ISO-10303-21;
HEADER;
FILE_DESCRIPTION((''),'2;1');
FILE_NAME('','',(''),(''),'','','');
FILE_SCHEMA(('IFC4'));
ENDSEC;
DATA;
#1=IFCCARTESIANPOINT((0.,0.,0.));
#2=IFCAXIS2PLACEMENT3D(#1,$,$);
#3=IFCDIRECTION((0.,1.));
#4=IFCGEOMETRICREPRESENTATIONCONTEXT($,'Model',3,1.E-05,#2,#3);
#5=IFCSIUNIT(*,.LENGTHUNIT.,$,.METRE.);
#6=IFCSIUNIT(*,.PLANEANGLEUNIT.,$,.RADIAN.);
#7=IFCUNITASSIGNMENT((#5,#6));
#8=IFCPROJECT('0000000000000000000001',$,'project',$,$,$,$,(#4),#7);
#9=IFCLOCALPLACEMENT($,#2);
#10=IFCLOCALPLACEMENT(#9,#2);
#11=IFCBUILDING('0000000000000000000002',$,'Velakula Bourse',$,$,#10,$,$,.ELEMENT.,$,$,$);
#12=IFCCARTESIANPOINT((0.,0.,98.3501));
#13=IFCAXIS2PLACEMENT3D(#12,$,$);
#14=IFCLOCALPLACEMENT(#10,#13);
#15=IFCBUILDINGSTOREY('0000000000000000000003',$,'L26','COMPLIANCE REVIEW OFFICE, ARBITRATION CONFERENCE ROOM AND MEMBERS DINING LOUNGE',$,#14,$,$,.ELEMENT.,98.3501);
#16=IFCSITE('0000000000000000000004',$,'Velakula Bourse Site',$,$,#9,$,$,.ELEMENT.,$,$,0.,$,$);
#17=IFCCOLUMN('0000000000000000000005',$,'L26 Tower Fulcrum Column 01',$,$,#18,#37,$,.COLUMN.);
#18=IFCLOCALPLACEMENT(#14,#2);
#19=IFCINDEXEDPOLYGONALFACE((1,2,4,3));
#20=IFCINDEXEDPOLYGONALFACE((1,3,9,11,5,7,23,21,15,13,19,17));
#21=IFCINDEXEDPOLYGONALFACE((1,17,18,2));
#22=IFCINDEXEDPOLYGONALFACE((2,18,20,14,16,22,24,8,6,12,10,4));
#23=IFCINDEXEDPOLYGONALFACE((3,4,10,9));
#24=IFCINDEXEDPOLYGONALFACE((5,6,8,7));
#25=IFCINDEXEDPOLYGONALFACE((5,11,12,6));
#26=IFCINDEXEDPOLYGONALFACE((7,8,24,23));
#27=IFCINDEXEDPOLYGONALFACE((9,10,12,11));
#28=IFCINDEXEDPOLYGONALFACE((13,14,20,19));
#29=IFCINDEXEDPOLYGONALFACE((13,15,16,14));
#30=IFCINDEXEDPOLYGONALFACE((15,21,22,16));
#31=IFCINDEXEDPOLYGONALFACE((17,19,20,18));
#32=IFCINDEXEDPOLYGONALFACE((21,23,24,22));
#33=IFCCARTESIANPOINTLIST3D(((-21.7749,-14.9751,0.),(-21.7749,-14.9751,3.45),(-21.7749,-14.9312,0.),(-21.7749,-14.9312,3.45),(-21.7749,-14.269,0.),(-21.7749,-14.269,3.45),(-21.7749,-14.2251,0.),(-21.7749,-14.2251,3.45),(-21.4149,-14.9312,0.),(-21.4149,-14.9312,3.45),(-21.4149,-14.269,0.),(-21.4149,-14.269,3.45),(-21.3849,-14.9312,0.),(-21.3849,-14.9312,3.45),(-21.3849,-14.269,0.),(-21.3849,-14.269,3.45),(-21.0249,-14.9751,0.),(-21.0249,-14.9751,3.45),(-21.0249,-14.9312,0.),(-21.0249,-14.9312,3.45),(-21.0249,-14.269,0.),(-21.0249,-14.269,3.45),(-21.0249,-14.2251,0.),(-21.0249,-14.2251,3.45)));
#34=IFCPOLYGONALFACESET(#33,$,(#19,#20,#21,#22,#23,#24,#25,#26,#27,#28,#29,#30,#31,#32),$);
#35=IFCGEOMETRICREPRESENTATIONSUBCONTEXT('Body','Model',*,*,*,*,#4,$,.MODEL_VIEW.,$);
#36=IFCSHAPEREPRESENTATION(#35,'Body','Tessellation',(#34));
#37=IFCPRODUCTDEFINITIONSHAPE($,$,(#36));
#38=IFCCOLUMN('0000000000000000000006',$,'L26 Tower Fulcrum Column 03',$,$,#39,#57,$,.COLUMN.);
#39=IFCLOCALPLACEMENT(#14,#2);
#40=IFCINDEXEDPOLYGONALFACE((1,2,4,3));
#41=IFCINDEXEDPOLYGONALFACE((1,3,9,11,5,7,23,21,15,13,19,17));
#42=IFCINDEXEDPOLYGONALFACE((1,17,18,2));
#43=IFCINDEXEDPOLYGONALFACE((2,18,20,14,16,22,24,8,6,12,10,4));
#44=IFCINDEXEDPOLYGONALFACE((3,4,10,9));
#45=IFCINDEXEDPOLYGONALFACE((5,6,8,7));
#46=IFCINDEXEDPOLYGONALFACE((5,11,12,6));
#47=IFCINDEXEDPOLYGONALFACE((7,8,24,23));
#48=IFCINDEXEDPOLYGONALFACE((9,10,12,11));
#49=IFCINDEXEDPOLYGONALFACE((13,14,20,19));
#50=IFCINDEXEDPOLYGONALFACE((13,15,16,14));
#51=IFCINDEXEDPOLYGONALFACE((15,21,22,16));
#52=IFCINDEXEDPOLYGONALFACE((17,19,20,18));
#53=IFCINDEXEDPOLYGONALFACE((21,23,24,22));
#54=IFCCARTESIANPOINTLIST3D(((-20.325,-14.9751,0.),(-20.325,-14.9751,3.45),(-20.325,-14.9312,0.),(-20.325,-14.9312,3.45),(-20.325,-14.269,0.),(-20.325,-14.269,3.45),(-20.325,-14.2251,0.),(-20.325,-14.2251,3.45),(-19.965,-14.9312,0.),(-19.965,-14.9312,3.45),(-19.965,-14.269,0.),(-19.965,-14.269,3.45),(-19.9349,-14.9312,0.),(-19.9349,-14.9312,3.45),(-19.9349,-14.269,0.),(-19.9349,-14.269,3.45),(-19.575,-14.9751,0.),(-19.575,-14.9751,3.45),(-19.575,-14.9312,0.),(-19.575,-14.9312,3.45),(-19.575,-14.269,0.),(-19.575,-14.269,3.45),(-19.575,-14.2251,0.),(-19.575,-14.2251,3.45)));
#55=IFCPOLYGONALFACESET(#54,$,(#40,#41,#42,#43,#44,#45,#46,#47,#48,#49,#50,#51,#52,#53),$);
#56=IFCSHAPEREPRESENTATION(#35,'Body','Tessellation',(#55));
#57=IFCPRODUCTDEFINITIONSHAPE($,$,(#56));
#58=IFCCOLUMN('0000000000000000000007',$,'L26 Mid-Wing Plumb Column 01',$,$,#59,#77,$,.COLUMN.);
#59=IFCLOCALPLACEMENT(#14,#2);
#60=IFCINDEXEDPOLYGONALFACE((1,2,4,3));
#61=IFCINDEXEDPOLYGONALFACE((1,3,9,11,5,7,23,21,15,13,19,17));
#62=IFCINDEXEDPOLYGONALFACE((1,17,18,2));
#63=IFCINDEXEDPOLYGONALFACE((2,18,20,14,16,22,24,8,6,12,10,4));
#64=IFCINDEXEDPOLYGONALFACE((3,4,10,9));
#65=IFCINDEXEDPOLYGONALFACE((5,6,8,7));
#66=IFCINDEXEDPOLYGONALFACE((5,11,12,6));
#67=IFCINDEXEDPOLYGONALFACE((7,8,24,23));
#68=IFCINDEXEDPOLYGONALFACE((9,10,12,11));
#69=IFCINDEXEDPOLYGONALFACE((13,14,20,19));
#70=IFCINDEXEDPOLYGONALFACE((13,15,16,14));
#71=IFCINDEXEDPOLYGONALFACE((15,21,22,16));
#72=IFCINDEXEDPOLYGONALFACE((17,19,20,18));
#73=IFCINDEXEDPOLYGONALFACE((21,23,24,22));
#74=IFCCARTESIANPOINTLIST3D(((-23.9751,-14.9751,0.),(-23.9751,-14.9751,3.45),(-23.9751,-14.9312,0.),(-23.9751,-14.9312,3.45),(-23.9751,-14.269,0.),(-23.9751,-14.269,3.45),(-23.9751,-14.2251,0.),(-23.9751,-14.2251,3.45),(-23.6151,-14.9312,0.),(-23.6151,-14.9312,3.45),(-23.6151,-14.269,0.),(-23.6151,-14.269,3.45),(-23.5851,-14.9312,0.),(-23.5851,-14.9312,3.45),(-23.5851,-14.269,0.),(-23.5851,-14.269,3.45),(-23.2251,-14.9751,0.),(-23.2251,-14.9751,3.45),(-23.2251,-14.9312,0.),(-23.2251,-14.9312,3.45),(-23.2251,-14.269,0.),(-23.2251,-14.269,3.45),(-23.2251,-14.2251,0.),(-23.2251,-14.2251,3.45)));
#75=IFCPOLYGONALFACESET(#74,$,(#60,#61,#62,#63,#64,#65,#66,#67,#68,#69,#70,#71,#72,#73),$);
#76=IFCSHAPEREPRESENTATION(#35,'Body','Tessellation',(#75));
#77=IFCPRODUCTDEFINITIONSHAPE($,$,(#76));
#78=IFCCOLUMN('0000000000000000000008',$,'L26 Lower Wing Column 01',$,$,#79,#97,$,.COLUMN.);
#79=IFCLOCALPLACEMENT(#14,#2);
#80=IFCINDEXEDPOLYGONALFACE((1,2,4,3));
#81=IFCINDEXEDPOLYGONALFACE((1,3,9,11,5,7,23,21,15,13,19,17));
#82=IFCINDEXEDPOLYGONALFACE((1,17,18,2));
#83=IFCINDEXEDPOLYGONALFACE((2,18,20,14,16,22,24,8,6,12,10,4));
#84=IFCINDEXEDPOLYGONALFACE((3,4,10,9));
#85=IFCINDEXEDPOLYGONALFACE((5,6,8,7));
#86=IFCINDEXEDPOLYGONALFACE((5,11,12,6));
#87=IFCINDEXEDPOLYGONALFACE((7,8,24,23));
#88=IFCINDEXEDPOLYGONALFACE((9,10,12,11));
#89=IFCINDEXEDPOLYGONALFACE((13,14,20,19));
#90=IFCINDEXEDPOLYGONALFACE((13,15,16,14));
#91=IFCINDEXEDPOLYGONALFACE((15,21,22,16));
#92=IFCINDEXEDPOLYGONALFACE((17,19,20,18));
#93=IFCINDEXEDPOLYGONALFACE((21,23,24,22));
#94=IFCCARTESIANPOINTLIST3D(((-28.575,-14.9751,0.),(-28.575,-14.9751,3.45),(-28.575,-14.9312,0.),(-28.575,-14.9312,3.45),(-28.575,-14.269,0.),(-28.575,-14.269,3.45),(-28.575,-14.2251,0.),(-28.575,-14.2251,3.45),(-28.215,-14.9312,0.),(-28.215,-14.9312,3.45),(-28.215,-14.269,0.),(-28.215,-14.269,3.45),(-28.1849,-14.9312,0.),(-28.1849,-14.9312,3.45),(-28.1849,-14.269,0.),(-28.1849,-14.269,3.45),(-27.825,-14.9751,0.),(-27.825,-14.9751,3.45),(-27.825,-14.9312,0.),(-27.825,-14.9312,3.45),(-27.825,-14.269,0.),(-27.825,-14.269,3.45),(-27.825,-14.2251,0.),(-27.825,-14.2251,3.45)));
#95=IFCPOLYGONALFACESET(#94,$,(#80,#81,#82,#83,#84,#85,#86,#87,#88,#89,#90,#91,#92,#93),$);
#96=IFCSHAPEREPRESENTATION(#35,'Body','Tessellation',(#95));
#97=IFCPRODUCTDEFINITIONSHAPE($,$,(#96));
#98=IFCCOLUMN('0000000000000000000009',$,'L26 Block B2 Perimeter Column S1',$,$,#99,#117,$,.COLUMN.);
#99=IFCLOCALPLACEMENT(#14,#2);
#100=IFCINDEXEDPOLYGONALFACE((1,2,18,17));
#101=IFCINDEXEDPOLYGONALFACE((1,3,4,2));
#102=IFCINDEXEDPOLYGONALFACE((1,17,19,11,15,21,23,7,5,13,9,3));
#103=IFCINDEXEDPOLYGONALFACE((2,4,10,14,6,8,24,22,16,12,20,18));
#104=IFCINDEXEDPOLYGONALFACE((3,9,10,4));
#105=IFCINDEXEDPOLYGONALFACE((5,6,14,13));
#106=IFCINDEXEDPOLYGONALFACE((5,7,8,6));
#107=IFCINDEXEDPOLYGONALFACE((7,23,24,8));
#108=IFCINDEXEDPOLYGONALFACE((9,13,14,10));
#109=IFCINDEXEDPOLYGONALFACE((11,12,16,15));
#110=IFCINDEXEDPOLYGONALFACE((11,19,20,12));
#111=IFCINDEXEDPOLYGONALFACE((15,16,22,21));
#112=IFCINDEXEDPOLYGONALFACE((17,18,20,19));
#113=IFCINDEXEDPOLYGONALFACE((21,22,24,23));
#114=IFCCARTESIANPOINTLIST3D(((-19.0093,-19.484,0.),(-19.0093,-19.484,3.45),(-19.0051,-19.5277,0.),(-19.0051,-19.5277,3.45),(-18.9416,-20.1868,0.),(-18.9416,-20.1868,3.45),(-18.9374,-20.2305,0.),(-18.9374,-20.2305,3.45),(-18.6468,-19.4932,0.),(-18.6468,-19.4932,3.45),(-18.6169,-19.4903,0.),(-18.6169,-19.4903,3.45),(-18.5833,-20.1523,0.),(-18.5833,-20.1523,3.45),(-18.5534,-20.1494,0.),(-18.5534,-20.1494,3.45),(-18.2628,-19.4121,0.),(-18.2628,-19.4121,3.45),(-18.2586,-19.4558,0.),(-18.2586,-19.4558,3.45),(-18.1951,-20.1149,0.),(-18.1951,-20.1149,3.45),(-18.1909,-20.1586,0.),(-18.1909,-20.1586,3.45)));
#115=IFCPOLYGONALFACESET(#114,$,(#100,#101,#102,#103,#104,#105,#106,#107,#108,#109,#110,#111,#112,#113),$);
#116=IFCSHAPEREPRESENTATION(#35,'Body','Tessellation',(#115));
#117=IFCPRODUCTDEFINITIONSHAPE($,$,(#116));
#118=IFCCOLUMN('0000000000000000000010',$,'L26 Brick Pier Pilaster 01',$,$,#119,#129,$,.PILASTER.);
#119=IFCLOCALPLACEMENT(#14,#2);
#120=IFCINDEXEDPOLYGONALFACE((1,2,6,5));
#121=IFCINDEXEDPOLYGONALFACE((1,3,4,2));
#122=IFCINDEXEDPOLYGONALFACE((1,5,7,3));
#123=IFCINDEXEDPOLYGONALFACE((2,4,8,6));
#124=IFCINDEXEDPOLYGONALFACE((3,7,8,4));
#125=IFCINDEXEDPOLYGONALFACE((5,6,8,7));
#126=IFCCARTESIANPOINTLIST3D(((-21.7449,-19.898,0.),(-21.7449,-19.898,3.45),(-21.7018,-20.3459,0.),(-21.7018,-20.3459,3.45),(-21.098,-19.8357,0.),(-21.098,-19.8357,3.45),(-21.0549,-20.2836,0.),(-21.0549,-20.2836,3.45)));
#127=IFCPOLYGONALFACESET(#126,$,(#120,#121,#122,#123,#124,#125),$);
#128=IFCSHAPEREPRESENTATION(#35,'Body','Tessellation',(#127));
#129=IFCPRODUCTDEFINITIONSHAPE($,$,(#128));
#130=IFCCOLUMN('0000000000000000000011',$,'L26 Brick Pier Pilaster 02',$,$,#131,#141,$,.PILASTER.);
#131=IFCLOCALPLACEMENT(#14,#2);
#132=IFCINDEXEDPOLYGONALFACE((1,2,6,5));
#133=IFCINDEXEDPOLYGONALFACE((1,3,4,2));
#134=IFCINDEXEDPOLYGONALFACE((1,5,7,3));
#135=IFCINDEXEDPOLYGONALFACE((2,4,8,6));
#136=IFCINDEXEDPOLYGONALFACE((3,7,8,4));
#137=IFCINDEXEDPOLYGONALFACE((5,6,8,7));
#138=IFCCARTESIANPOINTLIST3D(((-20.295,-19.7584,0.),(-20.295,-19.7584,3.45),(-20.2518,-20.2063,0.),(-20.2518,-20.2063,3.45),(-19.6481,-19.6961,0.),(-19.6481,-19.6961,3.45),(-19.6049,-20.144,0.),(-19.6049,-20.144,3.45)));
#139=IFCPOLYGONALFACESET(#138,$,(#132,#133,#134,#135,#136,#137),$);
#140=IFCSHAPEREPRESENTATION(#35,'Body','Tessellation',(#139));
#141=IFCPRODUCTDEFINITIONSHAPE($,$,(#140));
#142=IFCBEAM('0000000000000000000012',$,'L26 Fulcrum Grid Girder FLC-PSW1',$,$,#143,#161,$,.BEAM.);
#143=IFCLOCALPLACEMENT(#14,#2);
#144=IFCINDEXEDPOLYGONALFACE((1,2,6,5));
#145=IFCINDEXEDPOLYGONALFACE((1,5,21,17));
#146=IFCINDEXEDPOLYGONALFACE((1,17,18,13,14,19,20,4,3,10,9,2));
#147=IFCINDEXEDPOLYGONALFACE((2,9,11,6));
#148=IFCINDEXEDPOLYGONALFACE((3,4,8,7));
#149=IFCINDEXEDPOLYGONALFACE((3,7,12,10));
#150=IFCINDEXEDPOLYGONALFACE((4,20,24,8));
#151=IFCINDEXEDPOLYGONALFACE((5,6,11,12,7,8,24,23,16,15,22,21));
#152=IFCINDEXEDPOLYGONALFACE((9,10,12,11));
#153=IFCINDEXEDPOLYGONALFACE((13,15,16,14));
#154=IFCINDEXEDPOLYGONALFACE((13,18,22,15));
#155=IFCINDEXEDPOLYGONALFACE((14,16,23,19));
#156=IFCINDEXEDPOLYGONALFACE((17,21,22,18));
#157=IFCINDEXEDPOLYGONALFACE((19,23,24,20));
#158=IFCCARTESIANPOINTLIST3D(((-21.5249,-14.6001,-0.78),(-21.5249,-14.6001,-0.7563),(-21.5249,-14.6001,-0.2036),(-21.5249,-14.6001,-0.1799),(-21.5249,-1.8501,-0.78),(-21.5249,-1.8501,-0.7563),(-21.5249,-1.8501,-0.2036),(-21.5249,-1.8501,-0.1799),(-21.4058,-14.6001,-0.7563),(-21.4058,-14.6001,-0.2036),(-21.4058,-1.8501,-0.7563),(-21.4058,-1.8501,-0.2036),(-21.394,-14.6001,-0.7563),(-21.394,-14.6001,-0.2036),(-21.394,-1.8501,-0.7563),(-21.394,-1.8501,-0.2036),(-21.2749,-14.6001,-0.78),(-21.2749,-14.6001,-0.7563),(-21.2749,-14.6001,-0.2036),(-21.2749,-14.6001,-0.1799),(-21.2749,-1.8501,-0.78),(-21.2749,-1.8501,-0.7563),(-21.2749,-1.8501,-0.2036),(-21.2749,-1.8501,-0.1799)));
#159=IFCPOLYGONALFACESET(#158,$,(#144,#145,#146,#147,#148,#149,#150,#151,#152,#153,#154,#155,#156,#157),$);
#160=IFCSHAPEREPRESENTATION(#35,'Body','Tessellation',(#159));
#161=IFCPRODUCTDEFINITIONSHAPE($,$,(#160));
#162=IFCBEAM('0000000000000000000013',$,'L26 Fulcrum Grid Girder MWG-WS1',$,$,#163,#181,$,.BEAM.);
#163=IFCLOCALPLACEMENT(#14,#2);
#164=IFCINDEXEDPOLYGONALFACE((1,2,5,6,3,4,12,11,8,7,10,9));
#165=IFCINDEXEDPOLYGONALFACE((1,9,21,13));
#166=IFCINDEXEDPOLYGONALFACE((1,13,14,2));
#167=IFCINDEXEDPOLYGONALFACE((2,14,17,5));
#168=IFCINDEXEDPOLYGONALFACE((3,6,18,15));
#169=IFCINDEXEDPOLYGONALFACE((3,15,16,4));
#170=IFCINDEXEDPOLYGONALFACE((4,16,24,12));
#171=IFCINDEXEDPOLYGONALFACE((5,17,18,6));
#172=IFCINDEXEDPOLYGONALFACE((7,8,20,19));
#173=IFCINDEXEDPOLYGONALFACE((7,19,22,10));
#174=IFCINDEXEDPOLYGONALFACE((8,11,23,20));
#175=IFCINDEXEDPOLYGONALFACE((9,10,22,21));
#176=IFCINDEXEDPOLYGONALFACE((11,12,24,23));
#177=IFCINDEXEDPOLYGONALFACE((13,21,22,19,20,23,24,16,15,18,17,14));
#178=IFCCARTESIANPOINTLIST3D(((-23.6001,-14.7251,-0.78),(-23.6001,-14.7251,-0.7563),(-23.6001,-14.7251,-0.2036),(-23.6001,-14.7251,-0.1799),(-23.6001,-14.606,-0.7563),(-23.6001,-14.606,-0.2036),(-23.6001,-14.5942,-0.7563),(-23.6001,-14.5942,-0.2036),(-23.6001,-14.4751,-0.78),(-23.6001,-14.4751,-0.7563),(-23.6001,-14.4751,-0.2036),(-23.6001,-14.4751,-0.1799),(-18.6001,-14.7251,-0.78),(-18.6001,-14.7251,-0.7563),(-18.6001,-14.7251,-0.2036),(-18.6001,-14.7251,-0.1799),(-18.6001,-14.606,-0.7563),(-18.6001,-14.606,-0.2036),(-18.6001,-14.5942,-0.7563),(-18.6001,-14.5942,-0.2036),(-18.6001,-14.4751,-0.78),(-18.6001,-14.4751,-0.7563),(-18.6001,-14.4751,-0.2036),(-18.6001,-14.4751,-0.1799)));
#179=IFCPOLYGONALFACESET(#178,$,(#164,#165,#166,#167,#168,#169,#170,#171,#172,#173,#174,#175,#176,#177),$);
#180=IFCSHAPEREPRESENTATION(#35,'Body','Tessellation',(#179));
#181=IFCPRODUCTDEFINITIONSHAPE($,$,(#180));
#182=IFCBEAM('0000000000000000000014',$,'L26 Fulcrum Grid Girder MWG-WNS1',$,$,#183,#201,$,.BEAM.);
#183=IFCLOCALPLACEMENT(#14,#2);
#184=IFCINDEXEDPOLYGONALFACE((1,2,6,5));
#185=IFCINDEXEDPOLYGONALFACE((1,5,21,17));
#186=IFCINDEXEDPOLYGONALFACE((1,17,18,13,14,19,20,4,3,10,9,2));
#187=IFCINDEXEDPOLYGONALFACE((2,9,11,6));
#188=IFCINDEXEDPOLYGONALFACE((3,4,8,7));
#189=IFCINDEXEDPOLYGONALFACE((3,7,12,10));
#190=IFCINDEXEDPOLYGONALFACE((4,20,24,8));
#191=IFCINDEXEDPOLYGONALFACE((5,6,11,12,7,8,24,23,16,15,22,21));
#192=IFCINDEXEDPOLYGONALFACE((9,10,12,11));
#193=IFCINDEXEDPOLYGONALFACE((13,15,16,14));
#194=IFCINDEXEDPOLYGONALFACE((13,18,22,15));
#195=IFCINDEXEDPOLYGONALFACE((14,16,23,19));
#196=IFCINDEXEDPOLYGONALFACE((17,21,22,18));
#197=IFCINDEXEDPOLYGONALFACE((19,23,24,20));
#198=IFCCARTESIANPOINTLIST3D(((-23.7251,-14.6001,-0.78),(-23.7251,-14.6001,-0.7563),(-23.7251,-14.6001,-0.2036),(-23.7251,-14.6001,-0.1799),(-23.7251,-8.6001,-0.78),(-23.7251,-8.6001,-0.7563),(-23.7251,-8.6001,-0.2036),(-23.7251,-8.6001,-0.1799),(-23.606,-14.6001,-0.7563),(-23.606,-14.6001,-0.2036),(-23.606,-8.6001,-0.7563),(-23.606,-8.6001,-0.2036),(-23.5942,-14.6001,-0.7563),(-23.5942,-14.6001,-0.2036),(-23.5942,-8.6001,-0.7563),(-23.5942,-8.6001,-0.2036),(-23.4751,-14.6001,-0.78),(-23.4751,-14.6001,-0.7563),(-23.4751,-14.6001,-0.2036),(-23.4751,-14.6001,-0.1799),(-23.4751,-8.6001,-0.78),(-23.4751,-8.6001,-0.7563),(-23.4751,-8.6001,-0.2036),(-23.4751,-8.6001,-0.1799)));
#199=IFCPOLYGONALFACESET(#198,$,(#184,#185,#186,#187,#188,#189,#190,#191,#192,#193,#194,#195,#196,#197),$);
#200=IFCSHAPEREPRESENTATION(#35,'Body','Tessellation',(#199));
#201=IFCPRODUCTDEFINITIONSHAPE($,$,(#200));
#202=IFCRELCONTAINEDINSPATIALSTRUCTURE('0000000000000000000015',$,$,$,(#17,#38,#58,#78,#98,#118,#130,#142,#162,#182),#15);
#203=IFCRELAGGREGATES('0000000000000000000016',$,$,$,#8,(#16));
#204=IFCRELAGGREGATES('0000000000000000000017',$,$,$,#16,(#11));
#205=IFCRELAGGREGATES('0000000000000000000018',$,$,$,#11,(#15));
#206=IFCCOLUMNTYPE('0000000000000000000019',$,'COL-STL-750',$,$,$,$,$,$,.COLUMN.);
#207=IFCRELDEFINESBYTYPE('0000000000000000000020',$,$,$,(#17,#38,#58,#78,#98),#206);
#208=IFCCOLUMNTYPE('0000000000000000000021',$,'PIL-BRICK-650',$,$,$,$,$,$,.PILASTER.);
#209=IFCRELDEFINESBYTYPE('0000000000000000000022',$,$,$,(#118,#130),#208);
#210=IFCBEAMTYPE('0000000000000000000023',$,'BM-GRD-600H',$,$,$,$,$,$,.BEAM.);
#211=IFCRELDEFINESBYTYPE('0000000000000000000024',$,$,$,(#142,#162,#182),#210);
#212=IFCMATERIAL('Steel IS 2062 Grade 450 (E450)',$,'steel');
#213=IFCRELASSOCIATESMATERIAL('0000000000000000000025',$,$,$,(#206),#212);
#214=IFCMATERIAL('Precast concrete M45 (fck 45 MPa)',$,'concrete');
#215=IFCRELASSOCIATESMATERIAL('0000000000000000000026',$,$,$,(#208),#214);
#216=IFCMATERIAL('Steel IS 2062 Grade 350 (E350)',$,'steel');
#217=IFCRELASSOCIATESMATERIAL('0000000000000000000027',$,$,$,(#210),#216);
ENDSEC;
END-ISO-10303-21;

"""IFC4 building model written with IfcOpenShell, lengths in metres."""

from ifc_helpers import new_model, si_unit, direction, frame, origin, origin_2d, place, context, subcontext, project, spatial, rectangle, i_section, extrude, material, material_profile, profile_set, type_object, element, save


model = new_model("IFC4")

# Units and contexts
model_context = context("Model", 3, precision=1e-05, world=origin(), true_north=direction((0.0, 1.0)))
body_context = subcontext(model_context, "Body", "Model", "MODEL_VIEW")
ifc_project = project(units=[si_unit("LENGTHUNIT", "METRE"), si_unit("PLANEANGLEUNIT", "RADIAN")], contexts=[model_context])

# Site, building, storey
site_placement = place(None, origin())
site = spatial("IfcSite", under=ifc_project, at=site_placement, Name="Velakula Bourse Site", CompositionType="ELEMENT", RefElevation=0.0)
building_placement = place(site_placement, origin())
building = spatial("IfcBuilding", under=site, at=building_placement, Name="Velakula Bourse", CompositionType="ELEMENT")
storey_placement = place(building_placement, frame((0.0, 0.0, 98.3501)))
storey = spatial("IfcBuildingStorey", under=building, at=storey_placement, Name="L26", Description="COMPLIANCE REVIEW OFFICE, ARBITRATION CONFERENCE ROOM AND MEMBERS DINING LOUNGE", CompositionType="ELEMENT", Elevation=98.3501)

# Columns
ifc_material_1 = material(Name="Steel IS 2062 Grade 450 (E450)", Category="steel")
ifc_material_profile_1 = material_profile(ifc_material_1, i_section(OverallWidth=0.75, OverallDepth=0.75, WebThickness=0.03, FlangeThickness=0.0439, at=origin_2d()), Name="Steel IS 2062 Grade 450 (E450)")
ifc_profile_set_1 = profile_set([ifc_material_profile_1], Name="Steel IS 2062 Grade 450 (E450)")
column_type_1 = type_object("IfcColumnType", Name="COL-STL-750", PredefinedType="COLUMN", material=ifc_profile_set_1)
for number, where, z_axis, x_axis, name in (
    (1, (-21.3999, -14.6001, 0.0), (0.0, 0.0, 1.0), (1.0, 0.0, 0.0), "L26 Tower Fulcrum Column 01"),
    (2, (-19.95, -14.6001, 0.0), (0.0, 0.0, 1.0), (1.0, 0.0, 0.0), "L26 Tower Fulcrum Column 03"),
    (3, (-23.6001, -14.6001, 0.0), (0.0, 0.0, 1.0), (1.0, 0.0, 0.0), "L26 Mid-Wing Plumb Column 01"),
    (4, (-28.2, -14.6001, 0.0), (0.0, 0.0, 1.0), (1.0, 0.0, 0.0), "L26 Lower Wing Column 01"),
    (5, (-18.6001, -19.8213, 0.0), (0.0, 0.0, 1.0), (0.995396, 0.095846, 0.0), "L26 Block B2 Perimeter Column S1"),
):
    element("IfcColumn", number, at=place(storey_placement, frame(where, z_axis=z_axis, x_axis=x_axis)), inside=storey, type_object=column_type_1, Name=name, PredefinedType="COLUMN", context=body_context, shape_type="SweptSolid", body=[
        extrude(i_section(OverallWidth=0.75, OverallDepth=0.75, WebThickness=0.03, FlangeThickness=0.0439, at=origin_2d()), origin(), (0.0, 0.0, 1.0), 3.45),
    ])
ifc_material_2 = material(Name="Precast concrete M45 (fck 45 MPa)", Category="concrete")
ifc_material_profile_2 = material_profile(ifc_material_2, rectangle(XDim=0.6499, YDim=0.45, at=origin_2d()), Name="Precast concrete M45 (fck 45 MPa)")
ifc_profile_set_2 = profile_set([ifc_material_profile_2], Name="Precast concrete M45 (fck 45 MPa)")
column_type_2 = type_object("IfcColumnType", Name="PIL-BRICK-650", PredefinedType="PILASTER", material=ifc_profile_set_2)
for number, where, z_axis, x_axis, name in (
    (6, (-21.3999, -20.0908, 0.0), (0.0, 0.0, 1.0), (0.995396, 0.095846, 0.0), "L26 Brick Pier Pilaster 01"),
    (7, (-19.95, -19.9512, 0.0), (0.0, 0.0, 1.0), (0.995396, 0.095846, 0.0), "L26 Brick Pier Pilaster 02"),
):
    element("IfcColumn", number, at=place(storey_placement, frame(where, z_axis=z_axis, x_axis=x_axis)), inside=storey, type_object=column_type_2, Name=name, PredefinedType="PILASTER", context=body_context, shape_type="SweptSolid", body=[
        extrude(rectangle(XDim=0.6499, YDim=0.45, at=origin_2d()), origin(), (0.0, 0.0, 1.0), 3.45),
    ])

# Beams
ifc_material_3 = material(Name="Steel IS 2062 Grade 350 (E350)", Category="steel")
ifc_material_profile_3 = material_profile(ifc_material_3, i_section(OverallWidth=0.25, OverallDepth=0.6001, WebThickness=0.0117, FlangeThickness=0.0237, at=origin_2d()), Name="Steel IS 2062 Grade 350 (E350)")
ifc_profile_set_3 = profile_set([ifc_material_profile_3], Name="Steel IS 2062 Grade 350 (E350)")
beam_type_1 = type_object("IfcBeamType", Name="BM-GRD-600H", PredefinedType="BEAM", material=ifc_profile_set_3)
beam_1_placement = place(storey_placement, frame((-21.3999, -14.6001, -0.48), z_axis=(0.0, 1.0, 0.0), x_axis=(-1.0, 0.0, 0.0)))
element("IfcBeam", 8, at=beam_1_placement, inside=storey, type_object=beam_type_1, Name="L26 Fulcrum Grid Girder FLC-PSW1", PredefinedType="BEAM", context=body_context, shape_type="SweptSolid", body=[
    extrude(i_section(OverallWidth=0.25, OverallDepth=0.6001, WebThickness=0.0117, FlangeThickness=0.0237, at=origin_2d()), origin(), (0.0, 0.0, 1.0), 12.75),
])
beam_2_placement = place(storey_placement, frame((-23.6001, -14.6001, -0.48), z_axis=(1.0, 0.0, 0.0), x_axis=(0.0, 1.0, 0.0)))
element("IfcBeam", 9, at=beam_2_placement, inside=storey, type_object=beam_type_1, Name="L26 Fulcrum Grid Girder MWG-WS1", PredefinedType="BEAM", context=body_context, shape_type="SweptSolid", body=[
    extrude(i_section(OverallWidth=0.25, OverallDepth=0.6001, WebThickness=0.0117, FlangeThickness=0.0237, at=origin_2d()), origin(), (0.0, 0.0, 1.0), 5.0),
])
beam_3_placement = place(storey_placement, frame((-23.6001, -14.6001, -0.48), z_axis=(0.0, 1.0, 0.0), x_axis=(-1.0, 0.0, 0.0)))
element("IfcBeam", 10, at=beam_3_placement, inside=storey, type_object=beam_type_1, Name="L26 Fulcrum Grid Girder MWG-WNS1", PredefinedType="BEAM", context=body_context, shape_type="SweptSolid", body=[
    extrude(i_section(OverallWidth=0.25, OverallDepth=0.6001, WebThickness=0.0117, FlangeThickness=0.0237, at=origin_2d()), origin(), (0.0, 0.0, 1.0), 6.0),
])

save(model, "model.ifc")
